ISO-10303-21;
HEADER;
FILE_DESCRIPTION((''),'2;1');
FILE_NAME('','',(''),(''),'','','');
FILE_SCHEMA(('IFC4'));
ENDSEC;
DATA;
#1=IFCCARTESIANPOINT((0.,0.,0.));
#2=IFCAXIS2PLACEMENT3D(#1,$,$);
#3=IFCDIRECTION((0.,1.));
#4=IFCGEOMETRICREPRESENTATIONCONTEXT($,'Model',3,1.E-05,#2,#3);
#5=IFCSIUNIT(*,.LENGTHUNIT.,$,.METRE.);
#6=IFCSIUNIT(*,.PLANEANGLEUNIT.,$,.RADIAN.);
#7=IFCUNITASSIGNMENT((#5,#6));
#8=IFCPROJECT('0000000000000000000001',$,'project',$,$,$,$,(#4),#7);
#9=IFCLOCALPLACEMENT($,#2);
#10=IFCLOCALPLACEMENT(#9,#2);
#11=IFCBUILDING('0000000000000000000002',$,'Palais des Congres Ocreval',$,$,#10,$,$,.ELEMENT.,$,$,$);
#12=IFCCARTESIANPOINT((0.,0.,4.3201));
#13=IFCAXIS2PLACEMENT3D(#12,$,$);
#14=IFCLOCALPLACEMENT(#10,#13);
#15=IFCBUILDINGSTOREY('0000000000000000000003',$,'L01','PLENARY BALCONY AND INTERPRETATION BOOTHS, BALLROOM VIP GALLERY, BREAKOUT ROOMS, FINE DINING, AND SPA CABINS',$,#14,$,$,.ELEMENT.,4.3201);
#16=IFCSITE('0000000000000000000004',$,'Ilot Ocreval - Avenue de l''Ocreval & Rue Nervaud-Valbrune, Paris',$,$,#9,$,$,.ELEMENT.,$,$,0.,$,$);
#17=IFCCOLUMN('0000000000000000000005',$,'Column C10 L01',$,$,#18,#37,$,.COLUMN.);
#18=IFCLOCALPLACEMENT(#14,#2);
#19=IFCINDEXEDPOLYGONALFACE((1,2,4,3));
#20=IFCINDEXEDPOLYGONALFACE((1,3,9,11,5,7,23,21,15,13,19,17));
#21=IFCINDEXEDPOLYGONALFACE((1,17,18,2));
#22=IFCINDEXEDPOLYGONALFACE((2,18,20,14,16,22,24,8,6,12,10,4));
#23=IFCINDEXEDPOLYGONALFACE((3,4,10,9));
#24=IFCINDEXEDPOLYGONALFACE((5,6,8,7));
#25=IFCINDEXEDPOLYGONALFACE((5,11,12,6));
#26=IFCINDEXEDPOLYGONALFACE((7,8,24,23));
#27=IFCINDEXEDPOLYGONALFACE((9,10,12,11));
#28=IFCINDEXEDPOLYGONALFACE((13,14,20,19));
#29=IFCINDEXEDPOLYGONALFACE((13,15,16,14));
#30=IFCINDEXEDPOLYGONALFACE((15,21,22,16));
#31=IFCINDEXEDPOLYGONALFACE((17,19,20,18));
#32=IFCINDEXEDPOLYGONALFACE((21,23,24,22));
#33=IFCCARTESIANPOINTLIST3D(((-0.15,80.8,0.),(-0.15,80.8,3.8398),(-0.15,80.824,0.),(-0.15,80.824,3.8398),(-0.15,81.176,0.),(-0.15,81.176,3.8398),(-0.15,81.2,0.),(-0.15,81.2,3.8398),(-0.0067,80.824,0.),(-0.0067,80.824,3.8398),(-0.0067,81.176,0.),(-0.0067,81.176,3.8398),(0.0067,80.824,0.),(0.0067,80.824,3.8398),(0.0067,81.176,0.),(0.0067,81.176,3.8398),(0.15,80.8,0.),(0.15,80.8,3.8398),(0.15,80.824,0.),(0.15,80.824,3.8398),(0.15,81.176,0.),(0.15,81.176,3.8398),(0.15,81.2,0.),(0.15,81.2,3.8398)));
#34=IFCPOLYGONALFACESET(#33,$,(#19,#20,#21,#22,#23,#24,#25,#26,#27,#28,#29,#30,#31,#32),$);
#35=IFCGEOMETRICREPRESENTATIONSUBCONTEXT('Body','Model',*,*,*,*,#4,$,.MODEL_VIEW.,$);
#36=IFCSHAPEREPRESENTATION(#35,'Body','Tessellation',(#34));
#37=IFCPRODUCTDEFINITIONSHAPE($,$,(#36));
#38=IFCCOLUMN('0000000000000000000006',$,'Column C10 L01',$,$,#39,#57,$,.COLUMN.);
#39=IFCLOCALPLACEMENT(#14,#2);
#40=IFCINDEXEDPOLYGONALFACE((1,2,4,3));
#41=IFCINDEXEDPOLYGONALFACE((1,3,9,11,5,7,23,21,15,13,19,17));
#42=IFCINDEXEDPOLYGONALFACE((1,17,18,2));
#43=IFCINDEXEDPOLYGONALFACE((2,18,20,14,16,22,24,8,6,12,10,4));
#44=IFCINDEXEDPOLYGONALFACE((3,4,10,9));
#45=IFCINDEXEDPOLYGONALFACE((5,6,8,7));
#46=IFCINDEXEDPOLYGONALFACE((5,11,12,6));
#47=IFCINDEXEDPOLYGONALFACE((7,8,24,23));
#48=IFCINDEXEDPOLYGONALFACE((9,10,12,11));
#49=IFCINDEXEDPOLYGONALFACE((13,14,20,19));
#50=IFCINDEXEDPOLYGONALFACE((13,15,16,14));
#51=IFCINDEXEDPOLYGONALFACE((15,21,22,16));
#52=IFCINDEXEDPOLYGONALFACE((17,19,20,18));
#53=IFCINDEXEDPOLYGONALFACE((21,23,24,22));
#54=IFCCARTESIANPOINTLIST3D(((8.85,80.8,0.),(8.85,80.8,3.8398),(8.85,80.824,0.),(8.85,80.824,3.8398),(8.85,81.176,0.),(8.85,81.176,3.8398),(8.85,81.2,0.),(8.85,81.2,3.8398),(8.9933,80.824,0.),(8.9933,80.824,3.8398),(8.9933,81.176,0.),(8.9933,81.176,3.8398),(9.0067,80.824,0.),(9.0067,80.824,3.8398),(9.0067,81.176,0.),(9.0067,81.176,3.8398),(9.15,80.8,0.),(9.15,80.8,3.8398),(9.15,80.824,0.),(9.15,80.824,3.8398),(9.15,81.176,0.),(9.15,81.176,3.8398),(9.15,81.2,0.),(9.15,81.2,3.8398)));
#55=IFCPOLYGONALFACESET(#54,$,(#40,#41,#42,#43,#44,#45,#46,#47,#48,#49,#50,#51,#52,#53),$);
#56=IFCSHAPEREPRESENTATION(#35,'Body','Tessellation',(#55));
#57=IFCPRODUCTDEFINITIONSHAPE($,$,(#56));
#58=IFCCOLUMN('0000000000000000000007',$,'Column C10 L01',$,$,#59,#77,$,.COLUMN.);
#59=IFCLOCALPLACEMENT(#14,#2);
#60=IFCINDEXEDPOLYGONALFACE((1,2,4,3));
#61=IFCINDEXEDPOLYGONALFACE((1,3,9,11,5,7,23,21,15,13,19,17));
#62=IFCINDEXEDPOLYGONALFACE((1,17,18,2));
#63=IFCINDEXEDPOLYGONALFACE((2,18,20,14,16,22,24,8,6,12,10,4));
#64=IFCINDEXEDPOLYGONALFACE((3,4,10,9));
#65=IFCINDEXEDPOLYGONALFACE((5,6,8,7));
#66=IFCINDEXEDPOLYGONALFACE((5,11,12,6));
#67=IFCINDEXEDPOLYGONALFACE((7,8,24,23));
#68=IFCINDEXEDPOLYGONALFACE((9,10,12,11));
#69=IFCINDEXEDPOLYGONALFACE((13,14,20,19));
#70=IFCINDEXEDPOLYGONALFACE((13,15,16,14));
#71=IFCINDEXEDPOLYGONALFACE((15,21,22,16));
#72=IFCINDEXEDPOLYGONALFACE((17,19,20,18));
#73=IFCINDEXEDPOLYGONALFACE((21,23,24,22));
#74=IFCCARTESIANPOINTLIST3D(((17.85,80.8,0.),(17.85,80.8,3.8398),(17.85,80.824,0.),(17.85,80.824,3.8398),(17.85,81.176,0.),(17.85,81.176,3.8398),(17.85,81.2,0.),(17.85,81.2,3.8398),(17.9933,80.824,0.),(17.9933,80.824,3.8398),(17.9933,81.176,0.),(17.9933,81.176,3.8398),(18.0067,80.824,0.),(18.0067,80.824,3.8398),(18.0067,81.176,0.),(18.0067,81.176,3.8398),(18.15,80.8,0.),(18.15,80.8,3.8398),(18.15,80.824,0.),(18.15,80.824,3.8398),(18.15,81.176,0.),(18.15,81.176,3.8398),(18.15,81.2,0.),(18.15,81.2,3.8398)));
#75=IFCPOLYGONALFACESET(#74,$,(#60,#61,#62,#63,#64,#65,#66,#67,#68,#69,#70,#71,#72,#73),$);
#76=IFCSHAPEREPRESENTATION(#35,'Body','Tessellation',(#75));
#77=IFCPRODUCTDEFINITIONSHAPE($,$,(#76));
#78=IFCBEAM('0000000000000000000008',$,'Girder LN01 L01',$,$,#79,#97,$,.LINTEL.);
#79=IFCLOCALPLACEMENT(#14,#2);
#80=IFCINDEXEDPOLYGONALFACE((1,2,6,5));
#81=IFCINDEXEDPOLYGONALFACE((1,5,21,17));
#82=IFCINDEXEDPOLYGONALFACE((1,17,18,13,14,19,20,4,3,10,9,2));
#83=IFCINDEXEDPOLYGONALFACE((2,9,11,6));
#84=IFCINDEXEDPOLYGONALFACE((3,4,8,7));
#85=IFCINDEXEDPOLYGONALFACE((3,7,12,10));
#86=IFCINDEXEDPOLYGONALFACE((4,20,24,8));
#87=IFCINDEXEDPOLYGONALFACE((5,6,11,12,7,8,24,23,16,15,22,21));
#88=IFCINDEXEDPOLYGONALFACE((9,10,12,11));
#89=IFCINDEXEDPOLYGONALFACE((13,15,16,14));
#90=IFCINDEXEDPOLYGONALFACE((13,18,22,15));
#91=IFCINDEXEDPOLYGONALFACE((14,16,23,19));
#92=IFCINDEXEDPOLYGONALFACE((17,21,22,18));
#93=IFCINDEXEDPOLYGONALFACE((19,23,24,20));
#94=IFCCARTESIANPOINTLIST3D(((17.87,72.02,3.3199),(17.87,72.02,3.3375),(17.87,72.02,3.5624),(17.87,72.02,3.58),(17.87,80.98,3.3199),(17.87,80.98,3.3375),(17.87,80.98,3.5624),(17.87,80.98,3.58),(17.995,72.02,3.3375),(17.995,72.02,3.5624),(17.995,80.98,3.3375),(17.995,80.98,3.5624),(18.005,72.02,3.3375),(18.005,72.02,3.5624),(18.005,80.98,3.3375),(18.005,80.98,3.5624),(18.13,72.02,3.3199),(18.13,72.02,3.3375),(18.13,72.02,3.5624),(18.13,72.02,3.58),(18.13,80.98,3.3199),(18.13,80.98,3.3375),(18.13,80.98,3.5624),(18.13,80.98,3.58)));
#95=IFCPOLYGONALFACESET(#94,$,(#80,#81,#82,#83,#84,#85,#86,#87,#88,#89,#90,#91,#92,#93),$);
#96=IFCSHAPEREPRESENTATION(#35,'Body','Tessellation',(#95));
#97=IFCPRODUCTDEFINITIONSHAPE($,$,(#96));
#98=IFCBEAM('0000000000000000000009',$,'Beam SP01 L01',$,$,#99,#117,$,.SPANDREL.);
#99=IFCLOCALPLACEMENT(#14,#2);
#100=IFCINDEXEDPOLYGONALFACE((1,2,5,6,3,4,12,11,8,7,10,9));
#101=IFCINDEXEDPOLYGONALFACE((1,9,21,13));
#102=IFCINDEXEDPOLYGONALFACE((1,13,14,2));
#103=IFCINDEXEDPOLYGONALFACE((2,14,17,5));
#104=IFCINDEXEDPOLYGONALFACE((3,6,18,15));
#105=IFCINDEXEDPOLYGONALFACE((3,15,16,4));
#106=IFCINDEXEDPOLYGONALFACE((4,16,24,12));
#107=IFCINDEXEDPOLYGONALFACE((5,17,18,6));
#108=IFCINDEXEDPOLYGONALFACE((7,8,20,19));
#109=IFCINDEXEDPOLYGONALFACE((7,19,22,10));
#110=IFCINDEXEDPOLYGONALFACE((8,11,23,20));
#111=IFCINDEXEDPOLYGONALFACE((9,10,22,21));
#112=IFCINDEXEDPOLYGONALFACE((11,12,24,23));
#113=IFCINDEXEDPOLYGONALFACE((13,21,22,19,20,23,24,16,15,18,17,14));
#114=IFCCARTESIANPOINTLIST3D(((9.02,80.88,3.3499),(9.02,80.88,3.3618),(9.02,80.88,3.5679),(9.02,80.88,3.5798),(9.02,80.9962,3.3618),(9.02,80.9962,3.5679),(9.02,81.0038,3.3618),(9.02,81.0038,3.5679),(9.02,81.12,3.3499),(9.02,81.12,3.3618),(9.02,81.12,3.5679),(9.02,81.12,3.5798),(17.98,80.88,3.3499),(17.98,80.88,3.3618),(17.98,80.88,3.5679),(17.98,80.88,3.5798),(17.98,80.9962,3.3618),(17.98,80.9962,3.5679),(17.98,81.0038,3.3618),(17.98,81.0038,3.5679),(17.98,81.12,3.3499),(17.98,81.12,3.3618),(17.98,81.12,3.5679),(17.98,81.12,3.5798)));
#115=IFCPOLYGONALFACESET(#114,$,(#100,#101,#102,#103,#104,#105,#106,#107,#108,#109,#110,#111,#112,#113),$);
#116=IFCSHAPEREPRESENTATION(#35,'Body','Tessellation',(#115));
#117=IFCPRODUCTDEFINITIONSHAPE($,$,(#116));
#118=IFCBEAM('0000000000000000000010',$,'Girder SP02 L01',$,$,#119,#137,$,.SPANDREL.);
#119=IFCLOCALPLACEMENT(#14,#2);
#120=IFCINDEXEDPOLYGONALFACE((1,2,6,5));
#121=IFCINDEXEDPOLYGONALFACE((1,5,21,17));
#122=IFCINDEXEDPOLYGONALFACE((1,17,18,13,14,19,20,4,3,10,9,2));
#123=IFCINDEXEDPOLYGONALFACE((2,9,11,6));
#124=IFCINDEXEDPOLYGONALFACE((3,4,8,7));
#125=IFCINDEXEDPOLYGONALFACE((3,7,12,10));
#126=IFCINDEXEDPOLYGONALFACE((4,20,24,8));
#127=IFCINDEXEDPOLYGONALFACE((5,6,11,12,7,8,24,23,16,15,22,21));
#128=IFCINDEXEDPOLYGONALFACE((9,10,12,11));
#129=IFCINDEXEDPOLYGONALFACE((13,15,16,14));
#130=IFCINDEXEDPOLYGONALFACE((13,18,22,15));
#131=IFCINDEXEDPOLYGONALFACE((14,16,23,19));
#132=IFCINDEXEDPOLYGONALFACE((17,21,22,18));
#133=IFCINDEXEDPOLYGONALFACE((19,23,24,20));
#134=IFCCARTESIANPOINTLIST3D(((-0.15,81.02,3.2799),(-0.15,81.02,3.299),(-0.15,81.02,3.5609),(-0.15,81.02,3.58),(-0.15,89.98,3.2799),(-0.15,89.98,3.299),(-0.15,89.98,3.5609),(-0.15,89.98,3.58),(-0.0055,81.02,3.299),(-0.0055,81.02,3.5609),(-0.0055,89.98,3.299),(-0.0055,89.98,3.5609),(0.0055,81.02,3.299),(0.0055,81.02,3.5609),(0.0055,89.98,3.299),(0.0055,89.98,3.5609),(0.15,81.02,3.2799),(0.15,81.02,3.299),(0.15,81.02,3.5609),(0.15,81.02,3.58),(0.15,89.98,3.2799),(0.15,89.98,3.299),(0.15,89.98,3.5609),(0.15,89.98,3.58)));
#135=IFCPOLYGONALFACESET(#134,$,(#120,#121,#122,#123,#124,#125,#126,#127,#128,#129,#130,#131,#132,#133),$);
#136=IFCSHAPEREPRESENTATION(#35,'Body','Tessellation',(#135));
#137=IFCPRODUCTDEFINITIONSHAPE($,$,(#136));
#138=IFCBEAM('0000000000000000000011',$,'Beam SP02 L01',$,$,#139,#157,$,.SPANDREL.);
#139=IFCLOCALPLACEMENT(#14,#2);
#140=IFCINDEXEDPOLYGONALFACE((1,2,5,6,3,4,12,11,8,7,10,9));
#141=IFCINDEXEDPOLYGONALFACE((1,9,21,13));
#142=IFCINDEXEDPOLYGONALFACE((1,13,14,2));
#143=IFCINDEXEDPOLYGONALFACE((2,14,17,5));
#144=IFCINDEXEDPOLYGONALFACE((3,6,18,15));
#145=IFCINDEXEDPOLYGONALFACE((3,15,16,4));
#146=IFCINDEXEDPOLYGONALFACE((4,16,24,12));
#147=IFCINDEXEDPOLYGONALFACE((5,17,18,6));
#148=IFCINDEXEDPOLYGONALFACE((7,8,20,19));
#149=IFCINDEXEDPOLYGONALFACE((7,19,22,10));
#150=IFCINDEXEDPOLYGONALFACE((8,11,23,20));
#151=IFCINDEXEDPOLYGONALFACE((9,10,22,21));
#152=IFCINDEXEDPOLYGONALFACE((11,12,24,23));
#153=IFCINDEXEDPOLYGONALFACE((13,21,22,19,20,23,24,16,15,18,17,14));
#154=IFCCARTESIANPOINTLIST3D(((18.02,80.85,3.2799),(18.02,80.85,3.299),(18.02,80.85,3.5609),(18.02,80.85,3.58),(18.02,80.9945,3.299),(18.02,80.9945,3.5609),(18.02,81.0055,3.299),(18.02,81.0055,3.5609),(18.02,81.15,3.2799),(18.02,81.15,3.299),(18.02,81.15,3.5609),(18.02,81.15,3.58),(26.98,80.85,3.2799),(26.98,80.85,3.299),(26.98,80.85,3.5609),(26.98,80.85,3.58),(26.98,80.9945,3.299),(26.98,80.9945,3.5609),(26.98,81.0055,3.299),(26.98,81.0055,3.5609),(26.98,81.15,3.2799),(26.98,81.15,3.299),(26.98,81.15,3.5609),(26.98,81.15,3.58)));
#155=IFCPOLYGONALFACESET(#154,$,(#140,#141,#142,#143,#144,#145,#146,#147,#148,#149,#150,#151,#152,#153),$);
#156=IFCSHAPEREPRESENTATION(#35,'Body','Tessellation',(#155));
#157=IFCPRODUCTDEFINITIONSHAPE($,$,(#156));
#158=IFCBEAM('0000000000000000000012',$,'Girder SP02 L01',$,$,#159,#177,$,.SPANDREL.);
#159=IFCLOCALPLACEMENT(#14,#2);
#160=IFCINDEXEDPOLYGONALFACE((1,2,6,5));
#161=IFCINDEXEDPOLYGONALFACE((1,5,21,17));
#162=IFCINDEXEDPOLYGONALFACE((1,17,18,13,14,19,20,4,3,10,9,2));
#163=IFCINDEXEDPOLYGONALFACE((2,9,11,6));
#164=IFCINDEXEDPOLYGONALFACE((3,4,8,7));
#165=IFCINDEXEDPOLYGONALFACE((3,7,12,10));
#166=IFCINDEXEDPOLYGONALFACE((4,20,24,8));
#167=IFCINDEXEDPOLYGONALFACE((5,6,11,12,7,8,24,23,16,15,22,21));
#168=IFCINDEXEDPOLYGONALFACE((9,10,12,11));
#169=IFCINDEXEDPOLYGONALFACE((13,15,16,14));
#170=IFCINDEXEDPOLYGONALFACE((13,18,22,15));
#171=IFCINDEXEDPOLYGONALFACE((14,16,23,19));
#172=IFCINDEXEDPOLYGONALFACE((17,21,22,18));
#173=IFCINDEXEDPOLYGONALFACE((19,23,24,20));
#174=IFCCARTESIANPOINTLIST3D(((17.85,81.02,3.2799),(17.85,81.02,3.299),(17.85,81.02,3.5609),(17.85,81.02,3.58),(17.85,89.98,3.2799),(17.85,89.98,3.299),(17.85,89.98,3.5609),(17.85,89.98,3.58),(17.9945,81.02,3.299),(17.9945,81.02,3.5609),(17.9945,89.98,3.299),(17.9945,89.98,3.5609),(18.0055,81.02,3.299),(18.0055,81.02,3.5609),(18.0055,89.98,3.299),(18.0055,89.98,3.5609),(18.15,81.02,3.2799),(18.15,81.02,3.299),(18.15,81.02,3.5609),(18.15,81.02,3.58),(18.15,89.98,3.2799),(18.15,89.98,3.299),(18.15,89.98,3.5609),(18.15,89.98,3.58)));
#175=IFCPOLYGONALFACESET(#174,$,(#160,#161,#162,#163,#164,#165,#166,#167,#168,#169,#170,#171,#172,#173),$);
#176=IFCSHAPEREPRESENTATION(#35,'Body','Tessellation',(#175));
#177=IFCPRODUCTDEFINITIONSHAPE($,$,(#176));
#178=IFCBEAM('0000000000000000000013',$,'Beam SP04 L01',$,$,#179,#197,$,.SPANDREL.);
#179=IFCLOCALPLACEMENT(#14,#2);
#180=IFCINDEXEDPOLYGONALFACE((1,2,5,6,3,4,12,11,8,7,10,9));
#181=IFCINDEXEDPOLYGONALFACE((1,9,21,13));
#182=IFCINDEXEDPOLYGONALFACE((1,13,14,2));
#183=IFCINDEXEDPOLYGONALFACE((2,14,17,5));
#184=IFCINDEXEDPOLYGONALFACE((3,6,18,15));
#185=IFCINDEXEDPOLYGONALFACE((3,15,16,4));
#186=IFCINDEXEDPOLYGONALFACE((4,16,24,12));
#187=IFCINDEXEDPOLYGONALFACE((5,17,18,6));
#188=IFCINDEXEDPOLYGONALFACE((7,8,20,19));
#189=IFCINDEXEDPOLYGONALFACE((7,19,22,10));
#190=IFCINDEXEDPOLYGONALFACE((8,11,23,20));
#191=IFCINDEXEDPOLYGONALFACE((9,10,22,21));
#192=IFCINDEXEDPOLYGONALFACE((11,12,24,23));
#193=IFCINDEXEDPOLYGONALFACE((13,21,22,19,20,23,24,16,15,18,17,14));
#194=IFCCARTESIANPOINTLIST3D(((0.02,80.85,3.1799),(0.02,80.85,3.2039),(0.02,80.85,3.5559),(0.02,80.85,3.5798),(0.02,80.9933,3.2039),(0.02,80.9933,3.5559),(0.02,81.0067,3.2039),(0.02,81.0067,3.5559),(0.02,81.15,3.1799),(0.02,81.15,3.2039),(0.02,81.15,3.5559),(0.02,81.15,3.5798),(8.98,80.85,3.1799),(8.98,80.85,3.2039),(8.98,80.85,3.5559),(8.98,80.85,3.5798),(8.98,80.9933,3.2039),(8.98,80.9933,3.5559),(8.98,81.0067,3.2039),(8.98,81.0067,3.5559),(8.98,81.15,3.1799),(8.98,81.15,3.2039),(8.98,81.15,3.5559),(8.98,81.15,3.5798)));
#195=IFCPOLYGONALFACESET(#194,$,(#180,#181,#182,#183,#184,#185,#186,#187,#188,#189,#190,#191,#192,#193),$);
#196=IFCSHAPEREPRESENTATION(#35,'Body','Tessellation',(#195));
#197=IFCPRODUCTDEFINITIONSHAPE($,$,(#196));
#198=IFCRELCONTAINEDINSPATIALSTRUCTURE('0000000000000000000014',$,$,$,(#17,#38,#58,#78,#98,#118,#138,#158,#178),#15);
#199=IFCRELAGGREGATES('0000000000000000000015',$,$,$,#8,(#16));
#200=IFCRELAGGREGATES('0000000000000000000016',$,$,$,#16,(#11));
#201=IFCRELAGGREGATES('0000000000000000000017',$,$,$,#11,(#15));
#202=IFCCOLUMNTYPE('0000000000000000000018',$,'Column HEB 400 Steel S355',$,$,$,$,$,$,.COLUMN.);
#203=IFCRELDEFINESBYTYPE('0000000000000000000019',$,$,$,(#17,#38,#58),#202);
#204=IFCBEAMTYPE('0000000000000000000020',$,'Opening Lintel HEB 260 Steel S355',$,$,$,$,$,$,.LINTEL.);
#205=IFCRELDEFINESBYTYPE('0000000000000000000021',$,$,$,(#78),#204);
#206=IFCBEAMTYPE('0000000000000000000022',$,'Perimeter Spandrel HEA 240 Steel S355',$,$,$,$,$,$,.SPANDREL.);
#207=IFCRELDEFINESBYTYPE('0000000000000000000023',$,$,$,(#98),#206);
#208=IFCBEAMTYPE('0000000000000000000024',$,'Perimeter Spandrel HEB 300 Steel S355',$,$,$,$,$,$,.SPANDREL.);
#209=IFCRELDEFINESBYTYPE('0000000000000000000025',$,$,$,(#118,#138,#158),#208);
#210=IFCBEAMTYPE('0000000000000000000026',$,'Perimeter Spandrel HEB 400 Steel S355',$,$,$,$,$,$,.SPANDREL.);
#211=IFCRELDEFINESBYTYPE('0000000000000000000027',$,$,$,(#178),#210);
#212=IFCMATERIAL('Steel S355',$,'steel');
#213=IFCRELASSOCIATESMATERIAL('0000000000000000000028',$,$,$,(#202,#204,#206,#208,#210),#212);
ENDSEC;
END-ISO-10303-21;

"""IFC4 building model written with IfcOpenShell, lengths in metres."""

from ifc_helpers import new_model, si_unit, direction, frame, origin, origin_2d, place, context, subcontext, project, spatial, i_section, extrude, material, material_profile, profile_set, type_object, element, save


model = new_model("IFC4")

# Units and contexts
model_context = context("Model", 3, precision=1e-05, world=origin(), true_north=direction((0.0, 1.0)))
body_context = subcontext(model_context, "Body", "Model", "MODEL_VIEW")
ifc_project = project(units=[si_unit("LENGTHUNIT", "METRE"), si_unit("PLANEANGLEUNIT", "RADIAN")], contexts=[model_context])

# Site, building, storey
site_placement = place(None, origin())
site = spatial("IfcSite", under=ifc_project, at=site_placement, Name="Ilot Ocreval - Avenue de l'Ocreval & Rue Nervaud-Valbrune, Paris", CompositionType="ELEMENT", RefElevation=0.0)
building_placement = place(site_placement, origin())
building = spatial("IfcBuilding", under=site, at=building_placement, Name="Palais des Congres Ocreval", CompositionType="ELEMENT")
storey_placement = place(building_placement, frame((0.0, 0.0, 4.3201)))
storey = spatial("IfcBuildingStorey", under=building, at=storey_placement, Name="L01", Description="PLENARY BALCONY AND INTERPRETATION BOOTHS, BALLROOM VIP GALLERY, BREAKOUT ROOMS, FINE DINING, AND SPA CABINS", CompositionType="ELEMENT", Elevation=4.3201)

# Columns
ifc_material_1 = material(Name="Steel S355", Category="steel")
ifc_material_profile_1 = material_profile(ifc_material_1, i_section(OverallWidth=0.3, OverallDepth=0.3999, WebThickness=0.0134, FlangeThickness=0.0239, at=origin_2d()), Name="HEB 400")
ifc_profile_set_1 = profile_set([ifc_material_profile_1], Name="Steel S355")
column_type = type_object("IfcColumnType", Name="Column HEB 400 Steel S355", PredefinedType="COLUMN", material=ifc_profile_set_1)
for number, where, z_axis, x_axis, name in (
    (1, (0.0, 81.0, 0.0), (0.0, 0.0, 1.0), (1.0, 0.0, 0.0), "Column C10 L01"),
    (2, (9.0, 81.0, 0.0), (0.0, 0.0, 1.0), (1.0, 0.0, 0.0), "Column C10 L01"),
    (3, (18.0, 81.0, 0.0), (0.0, 0.0, 1.0), (1.0, 0.0, 0.0), "Column C10 L01"),
):
    element("IfcColumn", number, at=place(storey_placement, frame(where, z_axis=z_axis, x_axis=x_axis)), inside=storey, type_object=column_type, Name=name, PredefinedType="COLUMN", context=body_context, shape_type="SweptSolid", body=[
        extrude(i_section(OverallWidth=0.3, OverallDepth=0.3999, WebThickness=0.0134, FlangeThickness=0.0239, at=origin_2d()), origin(), (0.0, 0.0, 1.0), 3.8398),
    ])

# Beams
ifc_material_profile_2 = material_profile(ifc_material_1, i_section(OverallWidth=0.26, OverallDepth=0.26, WebThickness=0.01, FlangeThickness=0.0176, at=origin_2d()), Name="HEB 260")
ifc_profile_set_2 = profile_set([ifc_material_profile_2], Name="Steel S355")
beam_type_1 = type_object("IfcBeamType", Name="Opening Lintel HEB 260 Steel S355", PredefinedType="LINTEL", material=ifc_profile_set_2)
beam_1_placement = place(storey_placement, frame((18.0, 72.02, 3.45), z_axis=(0.0, 1.0, 0.0), x_axis=(-1.0, 0.0, 0.0)))
element("IfcBeam", 4, at=beam_1_placement, inside=storey, type_object=beam_type_1, Name="Girder LN01 L01", PredefinedType="LINTEL", context=body_context, shape_type="SweptSolid", body=[
    extrude(i_section(OverallWidth=0.26, OverallDepth=0.26, WebThickness=0.01, FlangeThickness=0.0176, at=origin_2d()), origin(), (0.0, 0.0, 1.0), 8.96),
])
ifc_material_profile_3 = material_profile(ifc_material_1, i_section(OverallWidth=0.24, OverallDepth=0.23, WebThickness=0.0076, FlangeThickness=0.012, at=origin_2d()), Name="HEA 240")
ifc_profile_set_3 = profile_set([ifc_material_profile_3], Name="Steel S355")
beam_type_2 = type_object("IfcBeamType", Name="Perimeter Spandrel HEA 240 Steel S355", PredefinedType="SPANDREL", material=ifc_profile_set_3)
beam_2_placement = place(storey_placement, frame((9.02, 81.0, 3.4648), z_axis=(1.0, 0.0, 0.0), x_axis=(0.0, 1.0, 0.0)))
element("IfcBeam", 5, at=beam_2_placement, inside=storey, type_object=beam_type_2, Name="Beam SP01 L01", PredefinedType="SPANDREL", context=body_context, shape_type="SweptSolid", body=[
    extrude(i_section(OverallWidth=0.24, OverallDepth=0.23, WebThickness=0.0076, FlangeThickness=0.012, at=origin_2d()), origin(), (0.0, 0.0, 1.0), 8.96),
])
ifc_material_profile_4 = material_profile(ifc_material_1, i_section(OverallWidth=0.3, OverallDepth=0.3, WebThickness=0.011, FlangeThickness=0.019, at=origin_2d()), Name="HEB 300")
ifc_profile_set_4 = profile_set([ifc_material_profile_4], Name="Steel S355")
beam_type_3 = type_object("IfcBeamType", Name="Perimeter Spandrel HEB 300 Steel S355", PredefinedType="SPANDREL", material=ifc_profile_set_4)
for number, where, z_axis, x_axis, name in (
    (6, (0.0, 81.02, 3.4299), (0.0, 1.0, 0.0), (-1.0, 0.0, 0.0), "Girder SP02 L01"),
    (7, (18.02, 81.0, 3.4299), (1.0, 0.0, 0.0), (0.0, 1.0, 0.0), "Beam SP02 L01"),
    (8, (18.0, 81.02, 3.4299), (0.0, 1.0, 0.0), (-1.0, 0.0, 0.0), "Girder SP02 L01"),
):
    element("IfcBeam", number, at=place(storey_placement, frame(where, z_axis=z_axis, x_axis=x_axis)), inside=storey, type_object=beam_type_3, Name=name, PredefinedType="SPANDREL", context=body_context, shape_type="SweptSolid", body=[
        extrude(i_section(OverallWidth=0.3, OverallDepth=0.3, WebThickness=0.011, FlangeThickness=0.019, at=origin_2d()), origin(), (0.0, 0.0, 1.0), 8.96),
    ])
ifc_material_profile_5 = material_profile(ifc_material_1, i_section(OverallWidth=0.3, OverallDepth=0.3999, WebThickness=0.0134, FlangeThickness=0.0239, at=origin_2d()), Name="HEB 400")
ifc_profile_set_5 = profile_set([ifc_material_profile_5], Name="Steel S355")
beam_type_4 = type_object("IfcBeamType", Name="Perimeter Spandrel HEB 400 Steel S355", PredefinedType="SPANDREL", material=ifc_profile_set_5)
beam_3_placement = place(storey_placement, frame((0.02, 81.0, 3.3799), z_axis=(1.0, 0.0, 0.0), x_axis=(0.0, 1.0, 0.0)))
element("IfcBeam", 9, at=beam_3_placement, inside=storey, type_object=beam_type_4, Name="Beam SP04 L01", PredefinedType="SPANDREL", context=body_context, shape_type="SweptSolid", body=[
    extrude(i_section(OverallWidth=0.3, OverallDepth=0.3999, WebThickness=0.0134, FlangeThickness=0.0239, at=origin_2d()), origin(), (0.0, 0.0, 1.0), 8.96),
])

save(model, "model.ifc")
